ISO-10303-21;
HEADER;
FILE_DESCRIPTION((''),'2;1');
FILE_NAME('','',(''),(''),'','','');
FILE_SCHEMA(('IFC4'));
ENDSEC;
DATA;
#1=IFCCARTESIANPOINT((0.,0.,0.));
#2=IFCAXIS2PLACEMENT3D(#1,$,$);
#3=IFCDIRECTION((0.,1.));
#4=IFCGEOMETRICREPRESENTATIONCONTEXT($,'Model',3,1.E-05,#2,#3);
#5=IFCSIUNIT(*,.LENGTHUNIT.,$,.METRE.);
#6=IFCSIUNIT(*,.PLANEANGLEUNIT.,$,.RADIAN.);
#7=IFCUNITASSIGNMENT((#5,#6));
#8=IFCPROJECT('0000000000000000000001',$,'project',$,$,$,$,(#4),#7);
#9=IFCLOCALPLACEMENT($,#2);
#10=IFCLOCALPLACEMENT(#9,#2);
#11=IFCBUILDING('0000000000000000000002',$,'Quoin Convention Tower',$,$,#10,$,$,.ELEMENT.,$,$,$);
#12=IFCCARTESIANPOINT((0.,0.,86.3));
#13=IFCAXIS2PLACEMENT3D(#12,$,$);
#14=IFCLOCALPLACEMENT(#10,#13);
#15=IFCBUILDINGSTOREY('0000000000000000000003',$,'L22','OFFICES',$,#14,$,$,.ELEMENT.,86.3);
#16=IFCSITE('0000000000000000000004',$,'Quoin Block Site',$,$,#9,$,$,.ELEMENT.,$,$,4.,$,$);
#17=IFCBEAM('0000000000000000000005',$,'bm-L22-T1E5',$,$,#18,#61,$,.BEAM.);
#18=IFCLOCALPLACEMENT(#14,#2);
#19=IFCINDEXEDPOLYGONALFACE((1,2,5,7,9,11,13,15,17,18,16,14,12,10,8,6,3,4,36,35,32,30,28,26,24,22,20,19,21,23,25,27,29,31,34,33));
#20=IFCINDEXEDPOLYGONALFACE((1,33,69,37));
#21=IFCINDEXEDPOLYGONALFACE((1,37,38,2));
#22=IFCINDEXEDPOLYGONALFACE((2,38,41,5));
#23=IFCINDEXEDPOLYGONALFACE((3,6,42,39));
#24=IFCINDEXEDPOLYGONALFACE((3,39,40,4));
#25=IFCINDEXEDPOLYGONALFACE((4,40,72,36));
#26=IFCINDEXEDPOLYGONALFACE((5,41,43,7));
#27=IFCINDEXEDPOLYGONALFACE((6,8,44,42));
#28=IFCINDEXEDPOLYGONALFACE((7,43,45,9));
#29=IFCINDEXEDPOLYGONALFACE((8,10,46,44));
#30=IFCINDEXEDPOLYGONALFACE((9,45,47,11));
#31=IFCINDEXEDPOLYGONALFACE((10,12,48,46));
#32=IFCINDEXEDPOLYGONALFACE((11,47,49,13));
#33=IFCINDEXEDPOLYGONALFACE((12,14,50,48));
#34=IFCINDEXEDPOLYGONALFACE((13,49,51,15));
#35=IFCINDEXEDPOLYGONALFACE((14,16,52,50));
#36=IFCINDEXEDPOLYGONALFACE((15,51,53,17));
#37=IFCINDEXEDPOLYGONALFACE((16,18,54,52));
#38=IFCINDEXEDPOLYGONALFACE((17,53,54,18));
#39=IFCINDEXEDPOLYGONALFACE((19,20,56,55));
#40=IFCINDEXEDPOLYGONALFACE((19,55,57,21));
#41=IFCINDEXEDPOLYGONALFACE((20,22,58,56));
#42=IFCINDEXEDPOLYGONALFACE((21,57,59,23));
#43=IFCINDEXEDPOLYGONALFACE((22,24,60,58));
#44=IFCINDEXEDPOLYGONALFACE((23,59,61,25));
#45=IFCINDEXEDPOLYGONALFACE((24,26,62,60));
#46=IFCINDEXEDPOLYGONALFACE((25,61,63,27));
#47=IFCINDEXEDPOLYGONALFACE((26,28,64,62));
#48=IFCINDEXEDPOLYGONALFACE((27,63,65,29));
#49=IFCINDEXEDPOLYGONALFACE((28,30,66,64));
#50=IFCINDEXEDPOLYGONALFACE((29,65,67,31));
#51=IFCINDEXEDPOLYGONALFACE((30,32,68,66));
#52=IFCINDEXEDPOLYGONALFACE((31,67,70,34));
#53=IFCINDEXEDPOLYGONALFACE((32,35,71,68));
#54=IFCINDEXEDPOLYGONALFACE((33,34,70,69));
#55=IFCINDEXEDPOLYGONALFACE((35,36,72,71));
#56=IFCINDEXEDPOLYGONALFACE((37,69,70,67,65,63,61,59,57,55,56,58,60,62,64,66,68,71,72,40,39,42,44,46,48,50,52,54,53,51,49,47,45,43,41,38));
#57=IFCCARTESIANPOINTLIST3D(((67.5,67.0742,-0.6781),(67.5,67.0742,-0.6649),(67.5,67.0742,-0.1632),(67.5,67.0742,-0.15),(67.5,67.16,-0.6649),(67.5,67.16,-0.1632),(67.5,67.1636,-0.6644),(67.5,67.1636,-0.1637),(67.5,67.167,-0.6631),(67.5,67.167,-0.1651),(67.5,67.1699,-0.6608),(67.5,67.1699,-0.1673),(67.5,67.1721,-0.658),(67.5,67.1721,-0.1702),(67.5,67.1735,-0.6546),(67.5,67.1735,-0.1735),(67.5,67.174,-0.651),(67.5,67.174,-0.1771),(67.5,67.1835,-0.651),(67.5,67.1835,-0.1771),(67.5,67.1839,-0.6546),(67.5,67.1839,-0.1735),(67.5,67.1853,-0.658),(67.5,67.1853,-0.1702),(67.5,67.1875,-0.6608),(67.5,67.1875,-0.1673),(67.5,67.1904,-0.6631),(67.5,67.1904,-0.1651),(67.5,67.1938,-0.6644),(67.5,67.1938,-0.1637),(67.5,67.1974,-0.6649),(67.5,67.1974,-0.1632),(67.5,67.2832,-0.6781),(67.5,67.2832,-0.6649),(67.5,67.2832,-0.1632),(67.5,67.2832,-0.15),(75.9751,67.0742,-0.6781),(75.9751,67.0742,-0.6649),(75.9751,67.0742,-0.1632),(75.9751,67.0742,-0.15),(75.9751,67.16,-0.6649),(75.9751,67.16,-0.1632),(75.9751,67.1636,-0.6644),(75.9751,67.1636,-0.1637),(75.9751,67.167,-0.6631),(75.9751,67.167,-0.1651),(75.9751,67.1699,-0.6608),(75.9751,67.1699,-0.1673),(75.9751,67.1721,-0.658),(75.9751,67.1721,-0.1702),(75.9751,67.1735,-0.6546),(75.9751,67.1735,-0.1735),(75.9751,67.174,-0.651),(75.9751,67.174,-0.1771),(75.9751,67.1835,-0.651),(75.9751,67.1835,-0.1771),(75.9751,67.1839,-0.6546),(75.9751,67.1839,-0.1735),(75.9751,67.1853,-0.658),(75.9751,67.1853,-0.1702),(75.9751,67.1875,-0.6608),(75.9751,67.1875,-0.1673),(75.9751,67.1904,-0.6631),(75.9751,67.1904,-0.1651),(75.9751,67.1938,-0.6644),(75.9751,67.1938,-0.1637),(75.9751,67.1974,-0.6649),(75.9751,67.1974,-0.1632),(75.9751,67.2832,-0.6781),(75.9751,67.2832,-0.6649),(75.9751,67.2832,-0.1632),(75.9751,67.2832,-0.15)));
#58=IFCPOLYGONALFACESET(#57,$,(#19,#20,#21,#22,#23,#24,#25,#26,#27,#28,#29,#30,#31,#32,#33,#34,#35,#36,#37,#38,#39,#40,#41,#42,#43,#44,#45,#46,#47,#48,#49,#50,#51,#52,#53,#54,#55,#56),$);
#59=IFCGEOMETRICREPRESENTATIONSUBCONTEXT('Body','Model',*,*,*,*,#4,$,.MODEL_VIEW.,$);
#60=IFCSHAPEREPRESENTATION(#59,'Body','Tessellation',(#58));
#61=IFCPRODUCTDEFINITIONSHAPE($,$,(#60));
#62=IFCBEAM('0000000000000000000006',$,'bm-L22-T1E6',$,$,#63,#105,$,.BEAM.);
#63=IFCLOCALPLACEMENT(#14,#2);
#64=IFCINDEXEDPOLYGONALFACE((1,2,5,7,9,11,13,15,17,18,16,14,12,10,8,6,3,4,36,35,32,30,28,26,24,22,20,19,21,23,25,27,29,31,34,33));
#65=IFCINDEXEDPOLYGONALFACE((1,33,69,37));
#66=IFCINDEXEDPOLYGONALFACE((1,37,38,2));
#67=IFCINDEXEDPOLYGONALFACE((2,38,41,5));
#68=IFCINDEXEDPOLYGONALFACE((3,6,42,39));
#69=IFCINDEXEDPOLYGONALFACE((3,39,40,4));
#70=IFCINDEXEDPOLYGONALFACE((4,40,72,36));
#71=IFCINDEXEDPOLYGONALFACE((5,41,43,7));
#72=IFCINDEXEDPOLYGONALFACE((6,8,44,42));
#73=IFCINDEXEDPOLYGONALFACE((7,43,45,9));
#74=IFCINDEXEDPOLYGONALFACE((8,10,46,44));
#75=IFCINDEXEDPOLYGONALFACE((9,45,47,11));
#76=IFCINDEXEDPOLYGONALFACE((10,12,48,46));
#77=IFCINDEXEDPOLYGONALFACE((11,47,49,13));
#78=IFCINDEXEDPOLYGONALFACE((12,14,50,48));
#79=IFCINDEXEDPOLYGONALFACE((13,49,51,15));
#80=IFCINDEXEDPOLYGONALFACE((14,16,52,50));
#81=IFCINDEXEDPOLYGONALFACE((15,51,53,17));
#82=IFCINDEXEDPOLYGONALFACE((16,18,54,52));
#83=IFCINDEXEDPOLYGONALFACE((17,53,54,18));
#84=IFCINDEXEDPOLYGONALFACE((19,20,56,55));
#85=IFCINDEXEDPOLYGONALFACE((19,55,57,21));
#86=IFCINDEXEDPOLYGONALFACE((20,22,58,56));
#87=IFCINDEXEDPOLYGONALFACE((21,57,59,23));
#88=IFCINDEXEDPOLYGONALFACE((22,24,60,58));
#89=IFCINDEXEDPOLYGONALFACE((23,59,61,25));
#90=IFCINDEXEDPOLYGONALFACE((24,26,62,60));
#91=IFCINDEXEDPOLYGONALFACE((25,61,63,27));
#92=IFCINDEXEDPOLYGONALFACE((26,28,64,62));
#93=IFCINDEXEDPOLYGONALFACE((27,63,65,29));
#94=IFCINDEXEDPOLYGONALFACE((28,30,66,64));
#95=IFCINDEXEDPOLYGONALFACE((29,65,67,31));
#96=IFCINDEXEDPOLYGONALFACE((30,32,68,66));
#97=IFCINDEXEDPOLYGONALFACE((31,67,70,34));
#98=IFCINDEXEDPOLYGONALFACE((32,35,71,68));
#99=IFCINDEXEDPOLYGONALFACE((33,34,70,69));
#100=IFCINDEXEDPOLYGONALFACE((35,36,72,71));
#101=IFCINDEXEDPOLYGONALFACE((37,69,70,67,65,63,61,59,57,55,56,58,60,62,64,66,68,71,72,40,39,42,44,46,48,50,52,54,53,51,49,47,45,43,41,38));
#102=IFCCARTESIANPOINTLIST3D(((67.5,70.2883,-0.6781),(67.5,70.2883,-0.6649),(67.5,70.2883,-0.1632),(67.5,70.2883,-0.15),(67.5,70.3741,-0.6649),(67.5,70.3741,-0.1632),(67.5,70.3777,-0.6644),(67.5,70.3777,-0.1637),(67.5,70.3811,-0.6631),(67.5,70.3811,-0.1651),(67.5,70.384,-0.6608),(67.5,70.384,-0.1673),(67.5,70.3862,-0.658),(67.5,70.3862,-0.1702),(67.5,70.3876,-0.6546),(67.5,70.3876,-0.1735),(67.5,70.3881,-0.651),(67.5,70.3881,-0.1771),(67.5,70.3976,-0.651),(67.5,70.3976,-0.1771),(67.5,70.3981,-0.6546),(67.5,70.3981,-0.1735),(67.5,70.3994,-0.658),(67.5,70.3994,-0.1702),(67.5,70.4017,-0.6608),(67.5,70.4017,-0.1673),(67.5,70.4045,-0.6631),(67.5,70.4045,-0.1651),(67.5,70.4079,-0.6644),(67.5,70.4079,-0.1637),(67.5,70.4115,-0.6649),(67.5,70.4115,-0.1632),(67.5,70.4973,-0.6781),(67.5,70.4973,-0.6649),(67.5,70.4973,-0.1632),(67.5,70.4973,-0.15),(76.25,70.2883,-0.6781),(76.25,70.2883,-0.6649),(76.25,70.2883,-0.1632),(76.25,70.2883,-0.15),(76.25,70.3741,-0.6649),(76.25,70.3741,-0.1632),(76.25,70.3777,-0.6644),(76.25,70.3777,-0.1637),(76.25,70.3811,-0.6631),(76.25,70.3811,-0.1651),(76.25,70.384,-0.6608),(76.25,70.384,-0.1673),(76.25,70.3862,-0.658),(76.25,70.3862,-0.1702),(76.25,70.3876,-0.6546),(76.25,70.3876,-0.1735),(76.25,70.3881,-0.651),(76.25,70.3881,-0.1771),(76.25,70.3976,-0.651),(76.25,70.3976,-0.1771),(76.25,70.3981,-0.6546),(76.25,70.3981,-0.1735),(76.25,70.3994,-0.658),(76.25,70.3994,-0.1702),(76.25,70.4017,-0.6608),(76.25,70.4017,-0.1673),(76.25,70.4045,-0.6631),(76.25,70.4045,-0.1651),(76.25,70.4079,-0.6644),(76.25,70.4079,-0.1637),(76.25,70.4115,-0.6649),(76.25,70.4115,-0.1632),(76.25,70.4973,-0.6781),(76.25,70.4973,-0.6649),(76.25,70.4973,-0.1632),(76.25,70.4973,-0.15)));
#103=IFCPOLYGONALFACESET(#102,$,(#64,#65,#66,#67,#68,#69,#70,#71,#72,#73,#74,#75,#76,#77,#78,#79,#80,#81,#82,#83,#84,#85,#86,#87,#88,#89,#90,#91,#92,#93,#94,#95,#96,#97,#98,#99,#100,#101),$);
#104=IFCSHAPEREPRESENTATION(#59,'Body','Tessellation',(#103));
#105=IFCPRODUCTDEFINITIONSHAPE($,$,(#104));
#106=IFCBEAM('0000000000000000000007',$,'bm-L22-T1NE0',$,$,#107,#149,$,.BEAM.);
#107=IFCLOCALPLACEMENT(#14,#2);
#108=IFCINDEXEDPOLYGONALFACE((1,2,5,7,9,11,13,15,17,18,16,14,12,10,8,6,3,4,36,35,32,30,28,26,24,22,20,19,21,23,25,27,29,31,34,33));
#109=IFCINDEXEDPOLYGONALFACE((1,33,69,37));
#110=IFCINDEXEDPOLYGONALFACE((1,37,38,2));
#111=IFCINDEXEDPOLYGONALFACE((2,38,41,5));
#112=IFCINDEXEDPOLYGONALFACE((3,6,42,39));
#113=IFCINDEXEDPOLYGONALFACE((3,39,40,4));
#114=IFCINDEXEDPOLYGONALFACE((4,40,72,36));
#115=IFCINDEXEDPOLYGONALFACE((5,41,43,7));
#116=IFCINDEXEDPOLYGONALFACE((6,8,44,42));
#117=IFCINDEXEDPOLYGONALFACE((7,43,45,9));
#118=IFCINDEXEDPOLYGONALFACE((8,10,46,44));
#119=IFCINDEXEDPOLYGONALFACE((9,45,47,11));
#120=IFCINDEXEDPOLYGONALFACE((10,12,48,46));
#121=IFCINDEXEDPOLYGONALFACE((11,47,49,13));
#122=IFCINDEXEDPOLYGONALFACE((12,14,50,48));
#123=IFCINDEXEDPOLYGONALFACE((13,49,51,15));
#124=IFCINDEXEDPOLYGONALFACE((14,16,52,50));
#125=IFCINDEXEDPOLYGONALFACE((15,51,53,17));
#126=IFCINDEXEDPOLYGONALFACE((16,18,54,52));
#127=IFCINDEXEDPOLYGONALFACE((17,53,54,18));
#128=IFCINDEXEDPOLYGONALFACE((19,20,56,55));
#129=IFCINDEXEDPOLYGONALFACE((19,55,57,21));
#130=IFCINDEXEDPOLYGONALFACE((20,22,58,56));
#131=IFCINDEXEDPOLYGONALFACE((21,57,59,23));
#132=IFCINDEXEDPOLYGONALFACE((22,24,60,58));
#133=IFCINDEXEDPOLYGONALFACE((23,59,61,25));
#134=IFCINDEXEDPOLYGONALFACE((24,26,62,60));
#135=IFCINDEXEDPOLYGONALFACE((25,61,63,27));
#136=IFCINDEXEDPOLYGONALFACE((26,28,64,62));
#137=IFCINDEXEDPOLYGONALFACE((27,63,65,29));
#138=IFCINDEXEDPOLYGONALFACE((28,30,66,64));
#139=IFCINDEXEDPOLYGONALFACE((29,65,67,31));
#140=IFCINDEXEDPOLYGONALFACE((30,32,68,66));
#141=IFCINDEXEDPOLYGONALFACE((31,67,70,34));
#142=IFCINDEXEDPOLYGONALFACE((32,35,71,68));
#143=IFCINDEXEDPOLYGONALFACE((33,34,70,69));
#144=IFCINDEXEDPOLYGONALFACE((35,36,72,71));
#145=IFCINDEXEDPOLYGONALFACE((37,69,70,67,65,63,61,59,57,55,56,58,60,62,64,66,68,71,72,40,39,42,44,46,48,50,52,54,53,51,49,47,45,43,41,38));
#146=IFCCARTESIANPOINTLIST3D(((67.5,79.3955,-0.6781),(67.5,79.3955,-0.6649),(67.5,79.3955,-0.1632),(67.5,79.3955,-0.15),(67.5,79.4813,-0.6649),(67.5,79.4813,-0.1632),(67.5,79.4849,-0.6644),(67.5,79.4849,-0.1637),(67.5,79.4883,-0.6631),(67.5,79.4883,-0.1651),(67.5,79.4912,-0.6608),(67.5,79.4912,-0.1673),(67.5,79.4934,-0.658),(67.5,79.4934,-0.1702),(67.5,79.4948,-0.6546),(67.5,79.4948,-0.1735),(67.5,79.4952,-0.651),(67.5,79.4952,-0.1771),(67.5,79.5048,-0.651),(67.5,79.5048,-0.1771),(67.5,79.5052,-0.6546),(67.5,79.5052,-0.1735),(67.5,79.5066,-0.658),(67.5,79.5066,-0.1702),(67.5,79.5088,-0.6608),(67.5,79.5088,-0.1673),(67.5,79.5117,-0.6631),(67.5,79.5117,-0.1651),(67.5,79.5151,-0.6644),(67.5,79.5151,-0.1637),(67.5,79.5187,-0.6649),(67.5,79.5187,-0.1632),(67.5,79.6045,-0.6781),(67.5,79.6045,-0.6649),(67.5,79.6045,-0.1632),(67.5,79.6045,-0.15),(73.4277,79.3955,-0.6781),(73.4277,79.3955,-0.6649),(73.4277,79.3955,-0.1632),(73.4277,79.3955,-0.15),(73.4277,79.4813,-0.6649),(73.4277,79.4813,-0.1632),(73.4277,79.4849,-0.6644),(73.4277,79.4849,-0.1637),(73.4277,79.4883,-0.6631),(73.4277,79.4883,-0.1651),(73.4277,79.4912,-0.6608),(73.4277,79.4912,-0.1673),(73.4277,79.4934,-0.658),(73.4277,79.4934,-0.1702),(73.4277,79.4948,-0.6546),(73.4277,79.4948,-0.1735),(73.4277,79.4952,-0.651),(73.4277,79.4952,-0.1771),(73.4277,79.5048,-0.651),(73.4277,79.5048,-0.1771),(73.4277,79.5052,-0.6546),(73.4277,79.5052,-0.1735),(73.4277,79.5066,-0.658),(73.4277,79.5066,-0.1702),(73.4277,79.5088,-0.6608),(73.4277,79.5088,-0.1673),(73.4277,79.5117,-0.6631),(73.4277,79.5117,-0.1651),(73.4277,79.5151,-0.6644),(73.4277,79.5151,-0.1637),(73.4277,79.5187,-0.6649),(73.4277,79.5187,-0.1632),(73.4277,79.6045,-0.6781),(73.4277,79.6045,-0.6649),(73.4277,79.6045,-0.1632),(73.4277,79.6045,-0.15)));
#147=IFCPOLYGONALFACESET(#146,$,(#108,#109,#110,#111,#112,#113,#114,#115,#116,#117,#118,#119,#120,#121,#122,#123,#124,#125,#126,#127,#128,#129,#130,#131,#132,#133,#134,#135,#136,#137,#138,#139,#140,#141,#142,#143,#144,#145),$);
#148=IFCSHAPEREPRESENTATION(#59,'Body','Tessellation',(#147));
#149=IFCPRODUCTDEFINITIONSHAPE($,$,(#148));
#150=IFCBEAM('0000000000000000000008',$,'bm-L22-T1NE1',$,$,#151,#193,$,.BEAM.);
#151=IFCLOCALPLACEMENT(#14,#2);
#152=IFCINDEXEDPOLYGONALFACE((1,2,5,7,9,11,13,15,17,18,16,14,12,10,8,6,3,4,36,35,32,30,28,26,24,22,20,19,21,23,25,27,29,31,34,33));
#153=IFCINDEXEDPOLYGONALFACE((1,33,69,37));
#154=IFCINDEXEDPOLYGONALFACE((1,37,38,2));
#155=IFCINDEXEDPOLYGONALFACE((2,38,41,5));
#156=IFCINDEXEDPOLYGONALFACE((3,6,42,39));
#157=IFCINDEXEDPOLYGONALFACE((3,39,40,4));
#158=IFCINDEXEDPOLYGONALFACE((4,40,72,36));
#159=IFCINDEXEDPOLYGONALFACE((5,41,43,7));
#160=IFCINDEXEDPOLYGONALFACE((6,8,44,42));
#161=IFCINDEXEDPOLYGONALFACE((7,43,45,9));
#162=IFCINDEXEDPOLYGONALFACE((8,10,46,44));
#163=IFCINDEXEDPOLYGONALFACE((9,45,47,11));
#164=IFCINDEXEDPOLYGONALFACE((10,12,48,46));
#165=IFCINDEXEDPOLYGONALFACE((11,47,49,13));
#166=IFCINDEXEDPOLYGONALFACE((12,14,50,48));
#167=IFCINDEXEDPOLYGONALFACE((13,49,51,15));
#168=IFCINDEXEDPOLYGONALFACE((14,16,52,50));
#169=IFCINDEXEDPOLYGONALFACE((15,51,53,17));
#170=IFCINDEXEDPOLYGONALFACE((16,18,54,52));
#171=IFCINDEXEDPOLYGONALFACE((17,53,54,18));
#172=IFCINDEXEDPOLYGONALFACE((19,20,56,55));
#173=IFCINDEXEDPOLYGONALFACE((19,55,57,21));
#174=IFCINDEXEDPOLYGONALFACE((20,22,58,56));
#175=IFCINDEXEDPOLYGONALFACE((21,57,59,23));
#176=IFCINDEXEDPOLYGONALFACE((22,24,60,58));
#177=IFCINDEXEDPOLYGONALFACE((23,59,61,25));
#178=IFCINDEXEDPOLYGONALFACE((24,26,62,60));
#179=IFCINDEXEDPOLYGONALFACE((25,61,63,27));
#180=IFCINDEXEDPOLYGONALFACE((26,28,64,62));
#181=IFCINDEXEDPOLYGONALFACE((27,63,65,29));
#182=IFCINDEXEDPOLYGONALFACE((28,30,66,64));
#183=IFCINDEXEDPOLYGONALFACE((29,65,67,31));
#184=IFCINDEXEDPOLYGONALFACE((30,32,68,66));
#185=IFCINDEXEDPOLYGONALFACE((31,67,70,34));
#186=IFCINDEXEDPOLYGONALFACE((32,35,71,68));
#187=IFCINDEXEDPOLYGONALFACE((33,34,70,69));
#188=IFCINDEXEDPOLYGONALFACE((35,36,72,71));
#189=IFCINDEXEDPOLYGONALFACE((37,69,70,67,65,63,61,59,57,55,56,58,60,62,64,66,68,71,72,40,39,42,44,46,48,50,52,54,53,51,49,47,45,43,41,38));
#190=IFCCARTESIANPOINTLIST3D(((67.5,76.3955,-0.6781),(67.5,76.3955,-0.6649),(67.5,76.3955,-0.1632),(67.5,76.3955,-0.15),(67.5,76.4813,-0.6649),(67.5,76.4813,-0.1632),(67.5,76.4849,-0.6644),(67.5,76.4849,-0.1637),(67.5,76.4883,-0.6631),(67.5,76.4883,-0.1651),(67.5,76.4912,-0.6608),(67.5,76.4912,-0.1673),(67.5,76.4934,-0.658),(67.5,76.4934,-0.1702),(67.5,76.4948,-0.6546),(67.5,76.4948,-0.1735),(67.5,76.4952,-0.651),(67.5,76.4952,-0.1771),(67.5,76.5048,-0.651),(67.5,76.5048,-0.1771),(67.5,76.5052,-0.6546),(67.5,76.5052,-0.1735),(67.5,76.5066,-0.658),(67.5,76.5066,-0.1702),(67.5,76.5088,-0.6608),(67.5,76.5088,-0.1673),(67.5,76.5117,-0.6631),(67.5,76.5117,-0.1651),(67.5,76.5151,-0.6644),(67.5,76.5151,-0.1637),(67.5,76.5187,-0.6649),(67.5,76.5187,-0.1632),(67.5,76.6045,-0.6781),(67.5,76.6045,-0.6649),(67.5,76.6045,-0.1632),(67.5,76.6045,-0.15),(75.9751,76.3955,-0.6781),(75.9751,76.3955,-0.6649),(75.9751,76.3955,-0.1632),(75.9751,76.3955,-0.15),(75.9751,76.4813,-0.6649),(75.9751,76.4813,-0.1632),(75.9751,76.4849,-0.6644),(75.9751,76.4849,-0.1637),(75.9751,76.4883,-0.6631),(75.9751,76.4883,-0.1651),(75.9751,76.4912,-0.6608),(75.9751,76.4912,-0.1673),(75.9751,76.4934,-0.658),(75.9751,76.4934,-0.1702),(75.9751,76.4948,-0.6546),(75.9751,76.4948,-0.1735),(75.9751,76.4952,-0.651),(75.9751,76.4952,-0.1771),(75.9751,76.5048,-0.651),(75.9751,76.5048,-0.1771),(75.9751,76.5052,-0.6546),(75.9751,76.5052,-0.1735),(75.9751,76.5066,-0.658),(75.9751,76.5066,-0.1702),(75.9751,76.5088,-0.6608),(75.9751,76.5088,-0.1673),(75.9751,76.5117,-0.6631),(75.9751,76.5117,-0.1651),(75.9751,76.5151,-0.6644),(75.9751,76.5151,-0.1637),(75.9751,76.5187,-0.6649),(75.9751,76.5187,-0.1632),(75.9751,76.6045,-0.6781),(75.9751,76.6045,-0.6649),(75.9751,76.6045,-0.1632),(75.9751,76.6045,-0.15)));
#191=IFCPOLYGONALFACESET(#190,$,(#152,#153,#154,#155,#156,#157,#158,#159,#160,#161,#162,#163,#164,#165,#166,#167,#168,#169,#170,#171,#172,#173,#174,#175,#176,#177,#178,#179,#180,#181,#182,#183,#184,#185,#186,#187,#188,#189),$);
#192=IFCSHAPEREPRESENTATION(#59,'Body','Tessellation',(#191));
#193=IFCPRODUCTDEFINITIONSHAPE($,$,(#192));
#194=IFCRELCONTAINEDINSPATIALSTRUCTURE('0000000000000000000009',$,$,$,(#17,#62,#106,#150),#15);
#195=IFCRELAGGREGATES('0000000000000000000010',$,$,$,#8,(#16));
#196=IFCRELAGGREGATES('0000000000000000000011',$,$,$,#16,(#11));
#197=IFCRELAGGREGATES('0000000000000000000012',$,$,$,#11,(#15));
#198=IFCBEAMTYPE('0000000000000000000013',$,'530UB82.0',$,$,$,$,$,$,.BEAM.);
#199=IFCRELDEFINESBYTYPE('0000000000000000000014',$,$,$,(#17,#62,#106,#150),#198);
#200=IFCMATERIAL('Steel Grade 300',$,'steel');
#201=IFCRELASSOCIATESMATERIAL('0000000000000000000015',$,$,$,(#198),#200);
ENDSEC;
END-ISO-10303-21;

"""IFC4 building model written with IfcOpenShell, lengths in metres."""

from ifc_helpers import new_model, si_unit, direction, frame, origin, origin_2d, place, context, subcontext, project, spatial, i_section, extrude, material, material_profile, profile_set, type_object, element, save


model = new_model("IFC4")

# Units and contexts
model_context = context("Model", 3, precision=1e-05, world=origin(), true_north=direction((0.0, 1.0)))
body_context = subcontext(model_context, "Body", "Model", "MODEL_VIEW")
ifc_project = project(units=[si_unit("LENGTHUNIT", "METRE"), si_unit("PLANEANGLEUNIT", "RADIAN")], contexts=[model_context])

# Site, building, storey
site_placement = place(None, origin())
site = spatial("IfcSite", under=ifc_project, at=site_placement, Name="Quoin Block Site", CompositionType="ELEMENT", RefElevation=4.0)
building_placement = place(site_placement, origin())
building = spatial("IfcBuilding", under=site, at=building_placement, Name="Quoin Convention Tower", CompositionType="ELEMENT")
storey_placement = place(building_placement, frame((0.0, 0.0, 86.3)))
storey = spatial("IfcBuildingStorey", under=building, at=storey_placement, Name="L22", Description="OFFICES", CompositionType="ELEMENT", Elevation=86.3)

# Beams
ifc_material_1 = material(Name="Steel Grade 300", Category="steel")
ifc_material_profile_1 = material_profile(ifc_material_1, i_section(OverallWidth=0.209, OverallDepth=0.5281, WebThickness=0.0095, FlangeThickness=0.0132, FilletRadius=0.0139, at=origin_2d()), Name="530UB82.0")
ifc_profile_set_1 = profile_set([ifc_material_profile_1], Name="Steel Grade 300")
beam_type_1 = type_object("IfcBeamType", Name="530UB82.0", PredefinedType="BEAM", material=ifc_profile_set_1)
beam_1_placement = place(storey_placement, frame((67.5, 67.1787, -0.4141), z_axis=(1.0, 0.0, 0.0), x_axis=(0.0, 1.0, 0.0)))
element("IfcBeam", 1, at=beam_1_placement, inside=storey, type_object=beam_type_1, Name="bm-L22-T1E5", PredefinedType="BEAM", context=body_context, shape_type="SweptSolid", body=[
    extrude(i_section(OverallWidth=0.209, OverallDepth=0.5281, WebThickness=0.0095, FlangeThickness=0.0132, FilletRadius=0.0139, at=origin_2d()), origin(), (0.0, 0.0, 1.0), 8.4751),
])
beam_2_placement = place(storey_placement, frame((67.5, 70.3928, -0.4141), z_axis=(1.0, 0.0, 0.0), x_axis=(0.0, 1.0, 0.0)))
element("IfcBeam", 2, at=beam_2_placement, inside=storey, type_object=beam_type_1, Name="bm-L22-T1E6", PredefinedType="BEAM", context=body_context, shape_type="SweptSolid", body=[
    extrude(i_section(OverallWidth=0.209, OverallDepth=0.5281, WebThickness=0.0095, FlangeThickness=0.0132, FilletRadius=0.0139, at=origin_2d()), origin(), (0.0, 0.0, 1.0), 8.75),
])
beam_3_placement = place(storey_placement, frame((67.5, 79.5, -0.4141), z_axis=(1.0, 0.0, 0.0), x_axis=(0.0, 1.0, 0.0)))
element("IfcBeam", 3, at=beam_3_placement, inside=storey, type_object=beam_type_1, Name="bm-L22-T1NE0", PredefinedType="BEAM", context=body_context, shape_type="SweptSolid", body=[
    extrude(i_section(OverallWidth=0.209, OverallDepth=0.5281, WebThickness=0.0095, FlangeThickness=0.0132, FilletRadius=0.0139, at=origin_2d()), origin(), (0.0, 0.0, 1.0), 5.9277),
])
beam_4_placement = place(storey_placement, frame((67.5, 76.5, -0.4141), z_axis=(1.0, 0.0, 0.0), x_axis=(0.0, 1.0, 0.0)))
element("IfcBeam", 4, at=beam_4_placement, inside=storey, type_object=beam_type_1, Name="bm-L22-T1NE1", PredefinedType="BEAM", context=body_context, shape_type="SweptSolid", body=[
    extrude(i_section(OverallWidth=0.209, OverallDepth=0.5281, WebThickness=0.0095, FlangeThickness=0.0132, FilletRadius=0.0139, at=origin_2d()), origin(), (0.0, 0.0, 1.0), 8.4751),
])

save(model, "model.ifc")
